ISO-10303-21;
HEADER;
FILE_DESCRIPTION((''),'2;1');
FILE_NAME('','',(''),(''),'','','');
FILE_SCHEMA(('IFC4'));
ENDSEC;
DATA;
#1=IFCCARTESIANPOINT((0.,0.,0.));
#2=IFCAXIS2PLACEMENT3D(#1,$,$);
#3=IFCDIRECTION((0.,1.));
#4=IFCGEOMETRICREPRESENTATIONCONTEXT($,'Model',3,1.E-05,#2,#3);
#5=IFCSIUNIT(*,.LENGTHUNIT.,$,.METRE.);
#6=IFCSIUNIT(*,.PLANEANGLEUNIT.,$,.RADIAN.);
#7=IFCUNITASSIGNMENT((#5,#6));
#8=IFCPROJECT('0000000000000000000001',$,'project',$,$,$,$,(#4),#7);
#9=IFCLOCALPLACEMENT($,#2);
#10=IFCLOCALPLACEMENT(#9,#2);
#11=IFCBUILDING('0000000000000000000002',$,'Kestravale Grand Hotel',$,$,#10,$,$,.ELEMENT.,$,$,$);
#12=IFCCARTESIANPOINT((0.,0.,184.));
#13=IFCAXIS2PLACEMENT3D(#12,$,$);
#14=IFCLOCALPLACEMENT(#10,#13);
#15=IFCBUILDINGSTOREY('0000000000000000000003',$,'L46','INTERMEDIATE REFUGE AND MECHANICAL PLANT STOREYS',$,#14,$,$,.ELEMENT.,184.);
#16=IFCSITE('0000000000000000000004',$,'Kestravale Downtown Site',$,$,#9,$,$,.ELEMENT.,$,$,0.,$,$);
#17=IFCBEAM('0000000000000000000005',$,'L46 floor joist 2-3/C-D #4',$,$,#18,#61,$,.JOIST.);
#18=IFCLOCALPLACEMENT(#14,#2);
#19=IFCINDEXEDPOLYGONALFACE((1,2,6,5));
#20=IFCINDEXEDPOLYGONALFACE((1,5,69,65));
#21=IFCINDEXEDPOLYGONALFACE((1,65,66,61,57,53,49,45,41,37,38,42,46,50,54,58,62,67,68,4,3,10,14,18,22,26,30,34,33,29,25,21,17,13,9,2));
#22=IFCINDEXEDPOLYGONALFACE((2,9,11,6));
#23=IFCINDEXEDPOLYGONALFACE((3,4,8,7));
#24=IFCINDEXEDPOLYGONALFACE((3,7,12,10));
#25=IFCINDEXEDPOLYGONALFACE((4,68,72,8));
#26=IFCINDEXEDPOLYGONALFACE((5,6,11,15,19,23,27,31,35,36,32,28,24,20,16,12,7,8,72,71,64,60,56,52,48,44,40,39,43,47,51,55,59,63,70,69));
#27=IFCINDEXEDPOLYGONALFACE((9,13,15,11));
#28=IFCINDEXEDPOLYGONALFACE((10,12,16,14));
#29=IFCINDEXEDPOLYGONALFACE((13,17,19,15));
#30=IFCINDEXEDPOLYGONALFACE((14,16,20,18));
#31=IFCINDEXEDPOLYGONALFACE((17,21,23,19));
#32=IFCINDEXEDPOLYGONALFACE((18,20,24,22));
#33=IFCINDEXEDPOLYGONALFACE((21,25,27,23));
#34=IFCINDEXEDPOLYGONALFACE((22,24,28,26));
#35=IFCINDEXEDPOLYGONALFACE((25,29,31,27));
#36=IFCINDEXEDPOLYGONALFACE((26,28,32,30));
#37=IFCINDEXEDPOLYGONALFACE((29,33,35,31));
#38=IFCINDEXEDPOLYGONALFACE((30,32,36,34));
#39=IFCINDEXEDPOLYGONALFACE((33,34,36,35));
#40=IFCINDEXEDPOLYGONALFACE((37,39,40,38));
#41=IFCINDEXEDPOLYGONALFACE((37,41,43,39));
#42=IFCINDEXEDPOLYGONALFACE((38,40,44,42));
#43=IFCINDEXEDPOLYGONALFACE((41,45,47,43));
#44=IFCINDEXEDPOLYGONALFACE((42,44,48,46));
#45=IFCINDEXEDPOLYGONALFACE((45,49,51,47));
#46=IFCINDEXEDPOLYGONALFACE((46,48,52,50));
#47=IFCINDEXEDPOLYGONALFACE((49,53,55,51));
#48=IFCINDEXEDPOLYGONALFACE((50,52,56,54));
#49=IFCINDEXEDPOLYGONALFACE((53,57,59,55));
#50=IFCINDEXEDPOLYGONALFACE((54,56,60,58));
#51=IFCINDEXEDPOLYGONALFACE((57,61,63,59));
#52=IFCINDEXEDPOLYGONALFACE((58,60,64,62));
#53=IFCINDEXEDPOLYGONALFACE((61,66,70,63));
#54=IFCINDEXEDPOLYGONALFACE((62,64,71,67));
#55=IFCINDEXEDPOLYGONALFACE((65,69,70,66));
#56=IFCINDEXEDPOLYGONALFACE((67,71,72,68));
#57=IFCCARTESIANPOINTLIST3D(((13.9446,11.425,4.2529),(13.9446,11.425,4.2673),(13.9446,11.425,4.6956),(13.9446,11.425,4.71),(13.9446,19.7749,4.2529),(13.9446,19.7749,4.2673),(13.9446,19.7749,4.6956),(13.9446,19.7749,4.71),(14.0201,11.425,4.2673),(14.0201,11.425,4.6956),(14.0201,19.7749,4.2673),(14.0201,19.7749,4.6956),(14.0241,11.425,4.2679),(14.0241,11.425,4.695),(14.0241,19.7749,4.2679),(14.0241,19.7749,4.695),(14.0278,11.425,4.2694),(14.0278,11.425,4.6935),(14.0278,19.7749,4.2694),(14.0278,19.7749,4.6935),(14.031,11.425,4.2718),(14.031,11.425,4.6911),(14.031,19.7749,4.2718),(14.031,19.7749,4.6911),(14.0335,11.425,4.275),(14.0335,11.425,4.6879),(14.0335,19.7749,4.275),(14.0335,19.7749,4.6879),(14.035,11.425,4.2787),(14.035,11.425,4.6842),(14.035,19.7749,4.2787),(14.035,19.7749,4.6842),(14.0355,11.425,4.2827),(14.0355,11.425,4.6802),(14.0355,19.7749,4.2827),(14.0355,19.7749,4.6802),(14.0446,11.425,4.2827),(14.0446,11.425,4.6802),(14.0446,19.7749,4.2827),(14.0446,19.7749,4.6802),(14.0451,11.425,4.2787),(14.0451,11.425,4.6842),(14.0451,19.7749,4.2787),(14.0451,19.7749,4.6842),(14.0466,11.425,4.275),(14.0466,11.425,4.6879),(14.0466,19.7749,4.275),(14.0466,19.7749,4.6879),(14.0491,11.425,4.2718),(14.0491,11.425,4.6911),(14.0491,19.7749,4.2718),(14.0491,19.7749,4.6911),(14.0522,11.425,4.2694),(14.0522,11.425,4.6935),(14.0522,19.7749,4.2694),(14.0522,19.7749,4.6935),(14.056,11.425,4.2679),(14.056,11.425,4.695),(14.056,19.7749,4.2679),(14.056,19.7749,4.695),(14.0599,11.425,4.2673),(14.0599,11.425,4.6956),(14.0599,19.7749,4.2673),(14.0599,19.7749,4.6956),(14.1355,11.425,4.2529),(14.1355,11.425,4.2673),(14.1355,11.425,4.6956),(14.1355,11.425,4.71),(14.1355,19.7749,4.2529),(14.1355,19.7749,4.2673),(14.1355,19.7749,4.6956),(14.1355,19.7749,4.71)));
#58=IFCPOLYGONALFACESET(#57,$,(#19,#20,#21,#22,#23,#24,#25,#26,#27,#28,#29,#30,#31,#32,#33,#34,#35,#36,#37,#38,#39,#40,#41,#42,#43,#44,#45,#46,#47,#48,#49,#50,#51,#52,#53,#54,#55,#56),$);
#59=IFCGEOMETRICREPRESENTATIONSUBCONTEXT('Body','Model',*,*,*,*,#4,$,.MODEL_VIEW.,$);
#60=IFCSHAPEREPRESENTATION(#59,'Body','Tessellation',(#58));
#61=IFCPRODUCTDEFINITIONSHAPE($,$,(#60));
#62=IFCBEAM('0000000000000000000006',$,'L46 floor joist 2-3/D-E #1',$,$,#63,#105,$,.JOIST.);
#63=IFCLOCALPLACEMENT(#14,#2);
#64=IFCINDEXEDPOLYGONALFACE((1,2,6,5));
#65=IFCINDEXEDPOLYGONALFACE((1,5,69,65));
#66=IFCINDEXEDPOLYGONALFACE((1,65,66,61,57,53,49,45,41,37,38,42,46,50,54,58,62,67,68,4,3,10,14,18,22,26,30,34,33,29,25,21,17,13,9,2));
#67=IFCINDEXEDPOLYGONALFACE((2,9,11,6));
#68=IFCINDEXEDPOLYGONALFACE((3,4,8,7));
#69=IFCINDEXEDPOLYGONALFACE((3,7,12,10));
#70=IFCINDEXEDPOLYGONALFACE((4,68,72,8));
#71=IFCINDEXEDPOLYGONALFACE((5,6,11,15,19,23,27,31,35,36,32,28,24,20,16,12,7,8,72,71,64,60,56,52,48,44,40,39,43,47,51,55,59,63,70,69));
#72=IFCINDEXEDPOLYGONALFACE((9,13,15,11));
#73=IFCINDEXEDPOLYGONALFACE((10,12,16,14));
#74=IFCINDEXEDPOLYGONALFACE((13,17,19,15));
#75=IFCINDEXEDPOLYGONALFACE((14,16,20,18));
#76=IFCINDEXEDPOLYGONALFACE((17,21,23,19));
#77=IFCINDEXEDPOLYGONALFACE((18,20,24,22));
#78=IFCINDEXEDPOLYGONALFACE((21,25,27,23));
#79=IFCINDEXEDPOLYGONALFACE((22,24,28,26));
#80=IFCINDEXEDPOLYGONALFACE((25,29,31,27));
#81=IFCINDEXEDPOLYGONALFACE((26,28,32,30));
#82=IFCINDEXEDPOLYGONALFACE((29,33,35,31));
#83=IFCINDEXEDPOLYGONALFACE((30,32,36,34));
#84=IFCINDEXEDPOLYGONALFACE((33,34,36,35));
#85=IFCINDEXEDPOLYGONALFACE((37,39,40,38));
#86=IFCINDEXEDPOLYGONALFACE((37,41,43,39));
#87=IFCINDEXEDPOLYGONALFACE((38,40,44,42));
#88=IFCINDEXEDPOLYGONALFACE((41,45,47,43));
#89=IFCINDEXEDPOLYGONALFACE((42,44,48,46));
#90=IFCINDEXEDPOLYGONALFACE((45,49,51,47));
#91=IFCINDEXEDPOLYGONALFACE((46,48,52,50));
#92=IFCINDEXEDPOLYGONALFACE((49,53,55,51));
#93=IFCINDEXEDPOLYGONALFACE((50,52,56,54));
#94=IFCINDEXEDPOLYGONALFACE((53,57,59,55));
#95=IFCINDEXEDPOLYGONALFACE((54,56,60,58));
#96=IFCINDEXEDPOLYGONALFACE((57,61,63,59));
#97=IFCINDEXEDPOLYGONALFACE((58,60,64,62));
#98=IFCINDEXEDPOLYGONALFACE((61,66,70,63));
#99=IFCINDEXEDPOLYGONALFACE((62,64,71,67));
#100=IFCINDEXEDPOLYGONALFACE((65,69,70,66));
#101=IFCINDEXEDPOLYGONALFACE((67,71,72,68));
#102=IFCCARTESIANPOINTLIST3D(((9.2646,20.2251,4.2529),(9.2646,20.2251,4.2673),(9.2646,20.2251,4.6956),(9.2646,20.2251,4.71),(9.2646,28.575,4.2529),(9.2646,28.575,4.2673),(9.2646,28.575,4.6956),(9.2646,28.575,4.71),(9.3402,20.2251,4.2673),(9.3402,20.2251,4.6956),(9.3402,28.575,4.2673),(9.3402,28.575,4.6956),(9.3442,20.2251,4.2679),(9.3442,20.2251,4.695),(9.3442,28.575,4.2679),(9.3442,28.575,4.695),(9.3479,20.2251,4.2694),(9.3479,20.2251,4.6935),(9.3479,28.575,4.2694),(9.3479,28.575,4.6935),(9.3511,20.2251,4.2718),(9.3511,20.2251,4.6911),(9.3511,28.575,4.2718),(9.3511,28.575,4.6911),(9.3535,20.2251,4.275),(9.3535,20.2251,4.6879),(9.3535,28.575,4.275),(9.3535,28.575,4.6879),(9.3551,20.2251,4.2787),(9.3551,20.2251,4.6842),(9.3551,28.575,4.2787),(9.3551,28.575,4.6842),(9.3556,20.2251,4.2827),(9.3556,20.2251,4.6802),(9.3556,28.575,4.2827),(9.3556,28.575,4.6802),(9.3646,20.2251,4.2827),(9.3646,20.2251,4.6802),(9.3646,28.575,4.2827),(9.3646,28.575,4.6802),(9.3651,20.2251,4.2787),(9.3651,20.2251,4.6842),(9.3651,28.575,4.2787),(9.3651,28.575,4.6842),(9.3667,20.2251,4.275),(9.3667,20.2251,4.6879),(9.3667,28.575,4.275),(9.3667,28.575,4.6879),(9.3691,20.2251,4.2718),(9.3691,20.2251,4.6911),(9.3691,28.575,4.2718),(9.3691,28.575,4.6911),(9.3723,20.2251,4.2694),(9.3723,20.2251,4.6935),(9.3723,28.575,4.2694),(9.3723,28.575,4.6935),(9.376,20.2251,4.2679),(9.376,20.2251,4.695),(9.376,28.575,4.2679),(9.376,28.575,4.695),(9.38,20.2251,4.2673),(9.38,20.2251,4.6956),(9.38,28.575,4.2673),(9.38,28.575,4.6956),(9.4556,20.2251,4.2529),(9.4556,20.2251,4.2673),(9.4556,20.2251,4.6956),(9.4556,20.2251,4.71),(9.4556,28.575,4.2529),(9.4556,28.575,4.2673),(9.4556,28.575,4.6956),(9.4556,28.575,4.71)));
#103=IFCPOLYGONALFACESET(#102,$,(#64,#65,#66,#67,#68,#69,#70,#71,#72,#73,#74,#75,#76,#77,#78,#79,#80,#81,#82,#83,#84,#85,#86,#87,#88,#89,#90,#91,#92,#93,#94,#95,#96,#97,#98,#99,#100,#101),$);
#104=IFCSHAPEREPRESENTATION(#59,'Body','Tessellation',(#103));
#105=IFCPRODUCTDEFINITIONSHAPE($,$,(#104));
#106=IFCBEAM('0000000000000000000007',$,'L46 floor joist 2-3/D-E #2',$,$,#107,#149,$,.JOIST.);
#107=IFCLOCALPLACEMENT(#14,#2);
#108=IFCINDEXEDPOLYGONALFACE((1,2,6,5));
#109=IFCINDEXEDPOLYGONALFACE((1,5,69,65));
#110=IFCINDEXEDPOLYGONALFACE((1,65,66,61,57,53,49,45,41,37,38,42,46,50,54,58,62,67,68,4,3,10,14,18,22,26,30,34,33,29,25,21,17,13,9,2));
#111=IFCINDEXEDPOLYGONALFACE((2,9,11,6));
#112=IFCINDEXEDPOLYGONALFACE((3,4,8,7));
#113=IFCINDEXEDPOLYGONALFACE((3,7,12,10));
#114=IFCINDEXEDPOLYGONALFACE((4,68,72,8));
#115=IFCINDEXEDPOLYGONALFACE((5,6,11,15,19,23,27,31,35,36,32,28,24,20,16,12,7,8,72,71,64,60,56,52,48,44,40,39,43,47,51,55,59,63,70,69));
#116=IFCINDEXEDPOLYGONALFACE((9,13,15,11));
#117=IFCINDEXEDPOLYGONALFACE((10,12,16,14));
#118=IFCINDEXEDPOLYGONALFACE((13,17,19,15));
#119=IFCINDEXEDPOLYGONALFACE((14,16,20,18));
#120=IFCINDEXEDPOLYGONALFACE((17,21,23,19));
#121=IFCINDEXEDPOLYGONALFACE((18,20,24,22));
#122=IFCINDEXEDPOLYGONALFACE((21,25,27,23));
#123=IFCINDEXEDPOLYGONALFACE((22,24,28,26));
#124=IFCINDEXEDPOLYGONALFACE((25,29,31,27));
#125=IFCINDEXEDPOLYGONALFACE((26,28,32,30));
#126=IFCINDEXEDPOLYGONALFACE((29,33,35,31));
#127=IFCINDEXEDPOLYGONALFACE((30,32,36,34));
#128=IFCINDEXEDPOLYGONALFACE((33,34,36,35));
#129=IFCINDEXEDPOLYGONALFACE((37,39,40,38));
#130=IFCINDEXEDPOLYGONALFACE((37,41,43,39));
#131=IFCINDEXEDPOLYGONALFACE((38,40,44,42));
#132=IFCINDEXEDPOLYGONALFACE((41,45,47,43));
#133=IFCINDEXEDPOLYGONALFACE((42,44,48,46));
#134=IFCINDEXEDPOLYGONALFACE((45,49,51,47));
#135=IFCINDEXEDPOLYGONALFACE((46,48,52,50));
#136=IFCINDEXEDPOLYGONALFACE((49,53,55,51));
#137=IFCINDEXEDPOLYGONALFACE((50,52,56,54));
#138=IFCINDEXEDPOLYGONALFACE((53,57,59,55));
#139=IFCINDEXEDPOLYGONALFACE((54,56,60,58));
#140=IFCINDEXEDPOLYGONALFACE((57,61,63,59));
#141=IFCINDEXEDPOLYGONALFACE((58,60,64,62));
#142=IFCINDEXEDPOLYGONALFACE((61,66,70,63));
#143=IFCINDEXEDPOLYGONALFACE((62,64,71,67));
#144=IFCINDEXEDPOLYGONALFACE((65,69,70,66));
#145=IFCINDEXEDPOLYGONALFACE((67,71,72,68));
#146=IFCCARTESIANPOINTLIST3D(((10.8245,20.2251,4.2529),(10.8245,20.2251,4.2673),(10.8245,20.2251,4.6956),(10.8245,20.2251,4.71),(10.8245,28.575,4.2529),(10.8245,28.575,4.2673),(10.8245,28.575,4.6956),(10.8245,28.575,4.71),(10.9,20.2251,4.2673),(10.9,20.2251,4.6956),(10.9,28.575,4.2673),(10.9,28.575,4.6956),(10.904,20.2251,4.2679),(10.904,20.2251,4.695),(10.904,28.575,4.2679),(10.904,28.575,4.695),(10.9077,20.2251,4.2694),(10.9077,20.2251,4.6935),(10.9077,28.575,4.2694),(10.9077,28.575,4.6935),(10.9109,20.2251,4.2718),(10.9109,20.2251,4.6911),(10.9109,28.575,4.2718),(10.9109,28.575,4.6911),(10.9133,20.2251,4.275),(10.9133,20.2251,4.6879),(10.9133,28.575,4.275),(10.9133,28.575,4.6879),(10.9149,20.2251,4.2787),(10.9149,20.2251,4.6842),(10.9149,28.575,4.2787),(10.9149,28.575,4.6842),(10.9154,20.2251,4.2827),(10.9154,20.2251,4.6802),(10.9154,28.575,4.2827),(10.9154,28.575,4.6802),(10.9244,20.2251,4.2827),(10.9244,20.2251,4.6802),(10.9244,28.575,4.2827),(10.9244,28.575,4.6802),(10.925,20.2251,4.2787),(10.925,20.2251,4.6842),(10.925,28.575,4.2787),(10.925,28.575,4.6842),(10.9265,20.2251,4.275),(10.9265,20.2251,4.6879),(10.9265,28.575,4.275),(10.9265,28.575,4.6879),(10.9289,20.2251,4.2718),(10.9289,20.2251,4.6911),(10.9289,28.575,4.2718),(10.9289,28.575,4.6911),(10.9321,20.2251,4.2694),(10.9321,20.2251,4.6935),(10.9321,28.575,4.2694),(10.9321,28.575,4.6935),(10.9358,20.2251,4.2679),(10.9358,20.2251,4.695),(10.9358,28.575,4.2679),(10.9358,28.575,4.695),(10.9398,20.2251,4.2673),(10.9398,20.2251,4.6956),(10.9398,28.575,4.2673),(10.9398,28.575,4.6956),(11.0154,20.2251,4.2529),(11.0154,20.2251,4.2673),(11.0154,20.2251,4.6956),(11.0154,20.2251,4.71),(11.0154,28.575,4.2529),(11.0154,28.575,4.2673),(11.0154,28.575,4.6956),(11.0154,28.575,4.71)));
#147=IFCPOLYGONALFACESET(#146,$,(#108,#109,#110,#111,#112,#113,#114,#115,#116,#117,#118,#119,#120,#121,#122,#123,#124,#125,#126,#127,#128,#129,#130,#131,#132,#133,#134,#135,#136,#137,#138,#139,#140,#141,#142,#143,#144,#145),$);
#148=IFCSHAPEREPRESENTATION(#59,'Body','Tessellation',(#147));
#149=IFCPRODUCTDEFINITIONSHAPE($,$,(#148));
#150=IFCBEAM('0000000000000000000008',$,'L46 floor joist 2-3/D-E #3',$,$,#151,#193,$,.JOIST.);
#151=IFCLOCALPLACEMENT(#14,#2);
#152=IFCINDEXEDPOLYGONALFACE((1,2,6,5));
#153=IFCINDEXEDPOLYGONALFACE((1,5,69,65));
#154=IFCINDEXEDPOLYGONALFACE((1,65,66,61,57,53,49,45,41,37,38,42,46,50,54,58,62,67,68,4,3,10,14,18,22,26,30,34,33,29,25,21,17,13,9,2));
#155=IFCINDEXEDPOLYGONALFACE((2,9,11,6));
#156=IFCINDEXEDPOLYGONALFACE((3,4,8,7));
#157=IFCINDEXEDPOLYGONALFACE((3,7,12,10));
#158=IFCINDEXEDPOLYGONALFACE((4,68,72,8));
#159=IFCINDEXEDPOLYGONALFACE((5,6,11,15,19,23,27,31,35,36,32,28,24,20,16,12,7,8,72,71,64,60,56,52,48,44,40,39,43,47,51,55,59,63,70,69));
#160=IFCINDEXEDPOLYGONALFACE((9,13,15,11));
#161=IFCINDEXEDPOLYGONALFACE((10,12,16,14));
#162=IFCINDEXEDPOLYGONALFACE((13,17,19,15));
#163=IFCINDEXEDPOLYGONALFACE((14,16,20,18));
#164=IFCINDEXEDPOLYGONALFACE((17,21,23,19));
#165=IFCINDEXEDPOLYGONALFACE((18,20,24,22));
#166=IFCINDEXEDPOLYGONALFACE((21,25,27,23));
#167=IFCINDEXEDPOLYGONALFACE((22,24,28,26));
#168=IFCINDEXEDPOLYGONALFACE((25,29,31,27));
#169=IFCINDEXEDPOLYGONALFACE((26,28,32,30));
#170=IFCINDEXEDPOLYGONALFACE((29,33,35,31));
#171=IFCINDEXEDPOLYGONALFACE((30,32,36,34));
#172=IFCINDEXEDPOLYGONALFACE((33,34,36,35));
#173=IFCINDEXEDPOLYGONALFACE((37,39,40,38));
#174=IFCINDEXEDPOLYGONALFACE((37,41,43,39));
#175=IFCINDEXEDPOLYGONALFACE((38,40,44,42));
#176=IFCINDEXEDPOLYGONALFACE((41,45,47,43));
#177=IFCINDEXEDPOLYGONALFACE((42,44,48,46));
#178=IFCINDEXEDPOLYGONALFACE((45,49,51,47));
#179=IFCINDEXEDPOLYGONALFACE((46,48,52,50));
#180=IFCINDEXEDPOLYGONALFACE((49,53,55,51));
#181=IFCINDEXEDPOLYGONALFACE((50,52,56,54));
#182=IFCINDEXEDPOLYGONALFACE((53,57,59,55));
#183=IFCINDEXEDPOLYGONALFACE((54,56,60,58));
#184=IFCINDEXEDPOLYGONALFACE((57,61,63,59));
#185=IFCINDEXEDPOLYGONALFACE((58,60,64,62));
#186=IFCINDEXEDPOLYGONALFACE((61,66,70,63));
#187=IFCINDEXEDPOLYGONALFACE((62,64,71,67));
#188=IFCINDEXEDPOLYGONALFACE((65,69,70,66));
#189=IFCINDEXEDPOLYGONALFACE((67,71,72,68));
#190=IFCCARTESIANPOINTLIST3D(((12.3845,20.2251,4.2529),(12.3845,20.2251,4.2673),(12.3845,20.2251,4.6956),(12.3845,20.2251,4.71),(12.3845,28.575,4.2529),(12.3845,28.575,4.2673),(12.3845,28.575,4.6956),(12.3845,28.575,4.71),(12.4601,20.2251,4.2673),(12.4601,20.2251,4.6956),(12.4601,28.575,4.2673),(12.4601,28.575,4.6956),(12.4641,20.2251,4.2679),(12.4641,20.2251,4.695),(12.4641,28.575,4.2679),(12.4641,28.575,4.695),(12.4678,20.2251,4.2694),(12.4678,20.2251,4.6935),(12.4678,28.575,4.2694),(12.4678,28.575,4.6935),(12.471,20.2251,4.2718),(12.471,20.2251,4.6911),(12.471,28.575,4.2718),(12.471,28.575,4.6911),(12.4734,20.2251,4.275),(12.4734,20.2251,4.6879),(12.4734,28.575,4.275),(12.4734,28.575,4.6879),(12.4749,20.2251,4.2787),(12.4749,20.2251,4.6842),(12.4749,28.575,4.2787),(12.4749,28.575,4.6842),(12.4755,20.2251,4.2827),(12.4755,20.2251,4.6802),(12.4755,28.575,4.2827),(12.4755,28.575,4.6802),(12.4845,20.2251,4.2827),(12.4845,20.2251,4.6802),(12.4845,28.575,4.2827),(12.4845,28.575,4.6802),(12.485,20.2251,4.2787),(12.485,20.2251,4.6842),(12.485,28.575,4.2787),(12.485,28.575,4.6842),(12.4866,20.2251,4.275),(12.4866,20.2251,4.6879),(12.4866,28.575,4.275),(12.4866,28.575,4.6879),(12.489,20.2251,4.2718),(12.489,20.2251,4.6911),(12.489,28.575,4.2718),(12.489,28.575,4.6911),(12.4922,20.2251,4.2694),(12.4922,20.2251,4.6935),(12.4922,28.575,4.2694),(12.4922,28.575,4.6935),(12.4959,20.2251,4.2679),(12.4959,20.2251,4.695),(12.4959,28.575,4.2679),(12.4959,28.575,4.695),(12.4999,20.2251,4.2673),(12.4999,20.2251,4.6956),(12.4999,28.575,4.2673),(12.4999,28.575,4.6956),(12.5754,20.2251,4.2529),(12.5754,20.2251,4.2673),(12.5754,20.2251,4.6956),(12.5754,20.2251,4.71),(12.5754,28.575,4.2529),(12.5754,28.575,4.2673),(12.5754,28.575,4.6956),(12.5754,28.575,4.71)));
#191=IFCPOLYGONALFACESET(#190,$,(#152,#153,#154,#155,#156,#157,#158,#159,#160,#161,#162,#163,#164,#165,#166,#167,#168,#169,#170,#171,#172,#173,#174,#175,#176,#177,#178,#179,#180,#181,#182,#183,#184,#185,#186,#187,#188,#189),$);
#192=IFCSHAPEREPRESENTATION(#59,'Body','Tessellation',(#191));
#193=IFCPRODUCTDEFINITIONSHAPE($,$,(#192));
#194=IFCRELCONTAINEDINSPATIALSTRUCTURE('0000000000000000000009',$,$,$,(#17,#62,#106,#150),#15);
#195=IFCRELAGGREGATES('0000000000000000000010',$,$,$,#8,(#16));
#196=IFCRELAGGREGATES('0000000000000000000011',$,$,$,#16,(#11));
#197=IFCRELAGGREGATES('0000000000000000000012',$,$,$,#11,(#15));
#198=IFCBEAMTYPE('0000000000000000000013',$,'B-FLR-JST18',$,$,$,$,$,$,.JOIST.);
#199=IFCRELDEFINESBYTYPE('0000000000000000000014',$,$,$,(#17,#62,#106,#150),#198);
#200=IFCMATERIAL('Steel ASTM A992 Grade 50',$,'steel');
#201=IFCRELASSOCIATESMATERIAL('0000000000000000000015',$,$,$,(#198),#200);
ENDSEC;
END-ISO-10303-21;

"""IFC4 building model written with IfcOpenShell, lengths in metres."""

from ifc_helpers import new_model, si_unit, direction, frame, origin, origin_2d, place, context, subcontext, project, spatial, i_section, extrude, material, material_profile, profile_set, type_object, element, save


model = new_model("IFC4")

# Units and contexts
model_context = context("Model", 3, precision=1e-05, world=origin(), true_north=direction((0.0, 1.0)))
body_context = subcontext(model_context, "Body", "Model", "MODEL_VIEW")
ifc_project = project(units=[si_unit("LENGTHUNIT", "METRE"), si_unit("PLANEANGLEUNIT", "RADIAN")], contexts=[model_context])

# Site, building, storey
site_placement = place(None, origin())
site = spatial("IfcSite", under=ifc_project, at=site_placement, Name="Kestravale Downtown Site", CompositionType="ELEMENT", RefElevation=0.0)
building_placement = place(site_placement, origin())
building = spatial("IfcBuilding", under=site, at=building_placement, Name="Kestravale Grand Hotel", CompositionType="ELEMENT")
storey_placement = place(building_placement, frame((0.0, 0.0, 184.0)))
storey = spatial("IfcBuildingStorey", under=building, at=storey_placement, Name="L46", Description="INTERMEDIATE REFUGE AND MECHANICAL PLANT STOREYS", CompositionType="ELEMENT", Elevation=184.0)

# Beams
ifc_material_1 = material(Name="Steel ASTM A992 Grade 50", Category="steel")
ifc_material_profile_1 = material_profile(ifc_material_1, i_section(OverallWidth=0.1909, OverallDepth=0.457, WebThickness=0.009, FlangeThickness=0.0144, FilletRadius=0.0154, at=origin_2d()))
ifc_profile_set_1 = profile_set([ifc_material_profile_1], Name="Steel ASTM A992 Grade 50")
beam_type_1 = type_object("IfcBeamType", Name="B-FLR-JST18", PredefinedType="JOIST", material=ifc_profile_set_1)
for number, where, z_axis, x_axis, name in (
    (1, (14.04, 11.425, 4.4814), (0.0, 1.0, 0.0), (-1.0, 0.0, 0.0), "L46 floor joist 2-3/C-D #4"),
    (2, (9.3601, 20.2251, 4.4814), (0.0, 1.0, 0.0), (-1.0, 0.0, 0.0), "L46 floor joist 2-3/D-E #1"),
    (3, (10.9199, 20.2251, 4.4814), (0.0, 1.0, 0.0), (-1.0, 0.0, 0.0), "L46 floor joist 2-3/D-E #2"),
    (4, (12.48, 20.2251, 4.4814), (0.0, 1.0, 0.0), (-1.0, 0.0, 0.0), "L46 floor joist 2-3/D-E #3"),
):
    element("IfcBeam", number, at=place(storey_placement, frame(where, z_axis=z_axis, x_axis=x_axis)), inside=storey, type_object=beam_type_1, Name=name, PredefinedType="JOIST", context=body_context, shape_type="SweptSolid", body=[
        extrude(i_section(OverallWidth=0.1909, OverallDepth=0.457, WebThickness=0.009, FlangeThickness=0.0144, FilletRadius=0.0154, at=origin_2d()), origin(), (0.0, 0.0, 1.0), 8.3499),
    ])

save(model, "model.ifc")
